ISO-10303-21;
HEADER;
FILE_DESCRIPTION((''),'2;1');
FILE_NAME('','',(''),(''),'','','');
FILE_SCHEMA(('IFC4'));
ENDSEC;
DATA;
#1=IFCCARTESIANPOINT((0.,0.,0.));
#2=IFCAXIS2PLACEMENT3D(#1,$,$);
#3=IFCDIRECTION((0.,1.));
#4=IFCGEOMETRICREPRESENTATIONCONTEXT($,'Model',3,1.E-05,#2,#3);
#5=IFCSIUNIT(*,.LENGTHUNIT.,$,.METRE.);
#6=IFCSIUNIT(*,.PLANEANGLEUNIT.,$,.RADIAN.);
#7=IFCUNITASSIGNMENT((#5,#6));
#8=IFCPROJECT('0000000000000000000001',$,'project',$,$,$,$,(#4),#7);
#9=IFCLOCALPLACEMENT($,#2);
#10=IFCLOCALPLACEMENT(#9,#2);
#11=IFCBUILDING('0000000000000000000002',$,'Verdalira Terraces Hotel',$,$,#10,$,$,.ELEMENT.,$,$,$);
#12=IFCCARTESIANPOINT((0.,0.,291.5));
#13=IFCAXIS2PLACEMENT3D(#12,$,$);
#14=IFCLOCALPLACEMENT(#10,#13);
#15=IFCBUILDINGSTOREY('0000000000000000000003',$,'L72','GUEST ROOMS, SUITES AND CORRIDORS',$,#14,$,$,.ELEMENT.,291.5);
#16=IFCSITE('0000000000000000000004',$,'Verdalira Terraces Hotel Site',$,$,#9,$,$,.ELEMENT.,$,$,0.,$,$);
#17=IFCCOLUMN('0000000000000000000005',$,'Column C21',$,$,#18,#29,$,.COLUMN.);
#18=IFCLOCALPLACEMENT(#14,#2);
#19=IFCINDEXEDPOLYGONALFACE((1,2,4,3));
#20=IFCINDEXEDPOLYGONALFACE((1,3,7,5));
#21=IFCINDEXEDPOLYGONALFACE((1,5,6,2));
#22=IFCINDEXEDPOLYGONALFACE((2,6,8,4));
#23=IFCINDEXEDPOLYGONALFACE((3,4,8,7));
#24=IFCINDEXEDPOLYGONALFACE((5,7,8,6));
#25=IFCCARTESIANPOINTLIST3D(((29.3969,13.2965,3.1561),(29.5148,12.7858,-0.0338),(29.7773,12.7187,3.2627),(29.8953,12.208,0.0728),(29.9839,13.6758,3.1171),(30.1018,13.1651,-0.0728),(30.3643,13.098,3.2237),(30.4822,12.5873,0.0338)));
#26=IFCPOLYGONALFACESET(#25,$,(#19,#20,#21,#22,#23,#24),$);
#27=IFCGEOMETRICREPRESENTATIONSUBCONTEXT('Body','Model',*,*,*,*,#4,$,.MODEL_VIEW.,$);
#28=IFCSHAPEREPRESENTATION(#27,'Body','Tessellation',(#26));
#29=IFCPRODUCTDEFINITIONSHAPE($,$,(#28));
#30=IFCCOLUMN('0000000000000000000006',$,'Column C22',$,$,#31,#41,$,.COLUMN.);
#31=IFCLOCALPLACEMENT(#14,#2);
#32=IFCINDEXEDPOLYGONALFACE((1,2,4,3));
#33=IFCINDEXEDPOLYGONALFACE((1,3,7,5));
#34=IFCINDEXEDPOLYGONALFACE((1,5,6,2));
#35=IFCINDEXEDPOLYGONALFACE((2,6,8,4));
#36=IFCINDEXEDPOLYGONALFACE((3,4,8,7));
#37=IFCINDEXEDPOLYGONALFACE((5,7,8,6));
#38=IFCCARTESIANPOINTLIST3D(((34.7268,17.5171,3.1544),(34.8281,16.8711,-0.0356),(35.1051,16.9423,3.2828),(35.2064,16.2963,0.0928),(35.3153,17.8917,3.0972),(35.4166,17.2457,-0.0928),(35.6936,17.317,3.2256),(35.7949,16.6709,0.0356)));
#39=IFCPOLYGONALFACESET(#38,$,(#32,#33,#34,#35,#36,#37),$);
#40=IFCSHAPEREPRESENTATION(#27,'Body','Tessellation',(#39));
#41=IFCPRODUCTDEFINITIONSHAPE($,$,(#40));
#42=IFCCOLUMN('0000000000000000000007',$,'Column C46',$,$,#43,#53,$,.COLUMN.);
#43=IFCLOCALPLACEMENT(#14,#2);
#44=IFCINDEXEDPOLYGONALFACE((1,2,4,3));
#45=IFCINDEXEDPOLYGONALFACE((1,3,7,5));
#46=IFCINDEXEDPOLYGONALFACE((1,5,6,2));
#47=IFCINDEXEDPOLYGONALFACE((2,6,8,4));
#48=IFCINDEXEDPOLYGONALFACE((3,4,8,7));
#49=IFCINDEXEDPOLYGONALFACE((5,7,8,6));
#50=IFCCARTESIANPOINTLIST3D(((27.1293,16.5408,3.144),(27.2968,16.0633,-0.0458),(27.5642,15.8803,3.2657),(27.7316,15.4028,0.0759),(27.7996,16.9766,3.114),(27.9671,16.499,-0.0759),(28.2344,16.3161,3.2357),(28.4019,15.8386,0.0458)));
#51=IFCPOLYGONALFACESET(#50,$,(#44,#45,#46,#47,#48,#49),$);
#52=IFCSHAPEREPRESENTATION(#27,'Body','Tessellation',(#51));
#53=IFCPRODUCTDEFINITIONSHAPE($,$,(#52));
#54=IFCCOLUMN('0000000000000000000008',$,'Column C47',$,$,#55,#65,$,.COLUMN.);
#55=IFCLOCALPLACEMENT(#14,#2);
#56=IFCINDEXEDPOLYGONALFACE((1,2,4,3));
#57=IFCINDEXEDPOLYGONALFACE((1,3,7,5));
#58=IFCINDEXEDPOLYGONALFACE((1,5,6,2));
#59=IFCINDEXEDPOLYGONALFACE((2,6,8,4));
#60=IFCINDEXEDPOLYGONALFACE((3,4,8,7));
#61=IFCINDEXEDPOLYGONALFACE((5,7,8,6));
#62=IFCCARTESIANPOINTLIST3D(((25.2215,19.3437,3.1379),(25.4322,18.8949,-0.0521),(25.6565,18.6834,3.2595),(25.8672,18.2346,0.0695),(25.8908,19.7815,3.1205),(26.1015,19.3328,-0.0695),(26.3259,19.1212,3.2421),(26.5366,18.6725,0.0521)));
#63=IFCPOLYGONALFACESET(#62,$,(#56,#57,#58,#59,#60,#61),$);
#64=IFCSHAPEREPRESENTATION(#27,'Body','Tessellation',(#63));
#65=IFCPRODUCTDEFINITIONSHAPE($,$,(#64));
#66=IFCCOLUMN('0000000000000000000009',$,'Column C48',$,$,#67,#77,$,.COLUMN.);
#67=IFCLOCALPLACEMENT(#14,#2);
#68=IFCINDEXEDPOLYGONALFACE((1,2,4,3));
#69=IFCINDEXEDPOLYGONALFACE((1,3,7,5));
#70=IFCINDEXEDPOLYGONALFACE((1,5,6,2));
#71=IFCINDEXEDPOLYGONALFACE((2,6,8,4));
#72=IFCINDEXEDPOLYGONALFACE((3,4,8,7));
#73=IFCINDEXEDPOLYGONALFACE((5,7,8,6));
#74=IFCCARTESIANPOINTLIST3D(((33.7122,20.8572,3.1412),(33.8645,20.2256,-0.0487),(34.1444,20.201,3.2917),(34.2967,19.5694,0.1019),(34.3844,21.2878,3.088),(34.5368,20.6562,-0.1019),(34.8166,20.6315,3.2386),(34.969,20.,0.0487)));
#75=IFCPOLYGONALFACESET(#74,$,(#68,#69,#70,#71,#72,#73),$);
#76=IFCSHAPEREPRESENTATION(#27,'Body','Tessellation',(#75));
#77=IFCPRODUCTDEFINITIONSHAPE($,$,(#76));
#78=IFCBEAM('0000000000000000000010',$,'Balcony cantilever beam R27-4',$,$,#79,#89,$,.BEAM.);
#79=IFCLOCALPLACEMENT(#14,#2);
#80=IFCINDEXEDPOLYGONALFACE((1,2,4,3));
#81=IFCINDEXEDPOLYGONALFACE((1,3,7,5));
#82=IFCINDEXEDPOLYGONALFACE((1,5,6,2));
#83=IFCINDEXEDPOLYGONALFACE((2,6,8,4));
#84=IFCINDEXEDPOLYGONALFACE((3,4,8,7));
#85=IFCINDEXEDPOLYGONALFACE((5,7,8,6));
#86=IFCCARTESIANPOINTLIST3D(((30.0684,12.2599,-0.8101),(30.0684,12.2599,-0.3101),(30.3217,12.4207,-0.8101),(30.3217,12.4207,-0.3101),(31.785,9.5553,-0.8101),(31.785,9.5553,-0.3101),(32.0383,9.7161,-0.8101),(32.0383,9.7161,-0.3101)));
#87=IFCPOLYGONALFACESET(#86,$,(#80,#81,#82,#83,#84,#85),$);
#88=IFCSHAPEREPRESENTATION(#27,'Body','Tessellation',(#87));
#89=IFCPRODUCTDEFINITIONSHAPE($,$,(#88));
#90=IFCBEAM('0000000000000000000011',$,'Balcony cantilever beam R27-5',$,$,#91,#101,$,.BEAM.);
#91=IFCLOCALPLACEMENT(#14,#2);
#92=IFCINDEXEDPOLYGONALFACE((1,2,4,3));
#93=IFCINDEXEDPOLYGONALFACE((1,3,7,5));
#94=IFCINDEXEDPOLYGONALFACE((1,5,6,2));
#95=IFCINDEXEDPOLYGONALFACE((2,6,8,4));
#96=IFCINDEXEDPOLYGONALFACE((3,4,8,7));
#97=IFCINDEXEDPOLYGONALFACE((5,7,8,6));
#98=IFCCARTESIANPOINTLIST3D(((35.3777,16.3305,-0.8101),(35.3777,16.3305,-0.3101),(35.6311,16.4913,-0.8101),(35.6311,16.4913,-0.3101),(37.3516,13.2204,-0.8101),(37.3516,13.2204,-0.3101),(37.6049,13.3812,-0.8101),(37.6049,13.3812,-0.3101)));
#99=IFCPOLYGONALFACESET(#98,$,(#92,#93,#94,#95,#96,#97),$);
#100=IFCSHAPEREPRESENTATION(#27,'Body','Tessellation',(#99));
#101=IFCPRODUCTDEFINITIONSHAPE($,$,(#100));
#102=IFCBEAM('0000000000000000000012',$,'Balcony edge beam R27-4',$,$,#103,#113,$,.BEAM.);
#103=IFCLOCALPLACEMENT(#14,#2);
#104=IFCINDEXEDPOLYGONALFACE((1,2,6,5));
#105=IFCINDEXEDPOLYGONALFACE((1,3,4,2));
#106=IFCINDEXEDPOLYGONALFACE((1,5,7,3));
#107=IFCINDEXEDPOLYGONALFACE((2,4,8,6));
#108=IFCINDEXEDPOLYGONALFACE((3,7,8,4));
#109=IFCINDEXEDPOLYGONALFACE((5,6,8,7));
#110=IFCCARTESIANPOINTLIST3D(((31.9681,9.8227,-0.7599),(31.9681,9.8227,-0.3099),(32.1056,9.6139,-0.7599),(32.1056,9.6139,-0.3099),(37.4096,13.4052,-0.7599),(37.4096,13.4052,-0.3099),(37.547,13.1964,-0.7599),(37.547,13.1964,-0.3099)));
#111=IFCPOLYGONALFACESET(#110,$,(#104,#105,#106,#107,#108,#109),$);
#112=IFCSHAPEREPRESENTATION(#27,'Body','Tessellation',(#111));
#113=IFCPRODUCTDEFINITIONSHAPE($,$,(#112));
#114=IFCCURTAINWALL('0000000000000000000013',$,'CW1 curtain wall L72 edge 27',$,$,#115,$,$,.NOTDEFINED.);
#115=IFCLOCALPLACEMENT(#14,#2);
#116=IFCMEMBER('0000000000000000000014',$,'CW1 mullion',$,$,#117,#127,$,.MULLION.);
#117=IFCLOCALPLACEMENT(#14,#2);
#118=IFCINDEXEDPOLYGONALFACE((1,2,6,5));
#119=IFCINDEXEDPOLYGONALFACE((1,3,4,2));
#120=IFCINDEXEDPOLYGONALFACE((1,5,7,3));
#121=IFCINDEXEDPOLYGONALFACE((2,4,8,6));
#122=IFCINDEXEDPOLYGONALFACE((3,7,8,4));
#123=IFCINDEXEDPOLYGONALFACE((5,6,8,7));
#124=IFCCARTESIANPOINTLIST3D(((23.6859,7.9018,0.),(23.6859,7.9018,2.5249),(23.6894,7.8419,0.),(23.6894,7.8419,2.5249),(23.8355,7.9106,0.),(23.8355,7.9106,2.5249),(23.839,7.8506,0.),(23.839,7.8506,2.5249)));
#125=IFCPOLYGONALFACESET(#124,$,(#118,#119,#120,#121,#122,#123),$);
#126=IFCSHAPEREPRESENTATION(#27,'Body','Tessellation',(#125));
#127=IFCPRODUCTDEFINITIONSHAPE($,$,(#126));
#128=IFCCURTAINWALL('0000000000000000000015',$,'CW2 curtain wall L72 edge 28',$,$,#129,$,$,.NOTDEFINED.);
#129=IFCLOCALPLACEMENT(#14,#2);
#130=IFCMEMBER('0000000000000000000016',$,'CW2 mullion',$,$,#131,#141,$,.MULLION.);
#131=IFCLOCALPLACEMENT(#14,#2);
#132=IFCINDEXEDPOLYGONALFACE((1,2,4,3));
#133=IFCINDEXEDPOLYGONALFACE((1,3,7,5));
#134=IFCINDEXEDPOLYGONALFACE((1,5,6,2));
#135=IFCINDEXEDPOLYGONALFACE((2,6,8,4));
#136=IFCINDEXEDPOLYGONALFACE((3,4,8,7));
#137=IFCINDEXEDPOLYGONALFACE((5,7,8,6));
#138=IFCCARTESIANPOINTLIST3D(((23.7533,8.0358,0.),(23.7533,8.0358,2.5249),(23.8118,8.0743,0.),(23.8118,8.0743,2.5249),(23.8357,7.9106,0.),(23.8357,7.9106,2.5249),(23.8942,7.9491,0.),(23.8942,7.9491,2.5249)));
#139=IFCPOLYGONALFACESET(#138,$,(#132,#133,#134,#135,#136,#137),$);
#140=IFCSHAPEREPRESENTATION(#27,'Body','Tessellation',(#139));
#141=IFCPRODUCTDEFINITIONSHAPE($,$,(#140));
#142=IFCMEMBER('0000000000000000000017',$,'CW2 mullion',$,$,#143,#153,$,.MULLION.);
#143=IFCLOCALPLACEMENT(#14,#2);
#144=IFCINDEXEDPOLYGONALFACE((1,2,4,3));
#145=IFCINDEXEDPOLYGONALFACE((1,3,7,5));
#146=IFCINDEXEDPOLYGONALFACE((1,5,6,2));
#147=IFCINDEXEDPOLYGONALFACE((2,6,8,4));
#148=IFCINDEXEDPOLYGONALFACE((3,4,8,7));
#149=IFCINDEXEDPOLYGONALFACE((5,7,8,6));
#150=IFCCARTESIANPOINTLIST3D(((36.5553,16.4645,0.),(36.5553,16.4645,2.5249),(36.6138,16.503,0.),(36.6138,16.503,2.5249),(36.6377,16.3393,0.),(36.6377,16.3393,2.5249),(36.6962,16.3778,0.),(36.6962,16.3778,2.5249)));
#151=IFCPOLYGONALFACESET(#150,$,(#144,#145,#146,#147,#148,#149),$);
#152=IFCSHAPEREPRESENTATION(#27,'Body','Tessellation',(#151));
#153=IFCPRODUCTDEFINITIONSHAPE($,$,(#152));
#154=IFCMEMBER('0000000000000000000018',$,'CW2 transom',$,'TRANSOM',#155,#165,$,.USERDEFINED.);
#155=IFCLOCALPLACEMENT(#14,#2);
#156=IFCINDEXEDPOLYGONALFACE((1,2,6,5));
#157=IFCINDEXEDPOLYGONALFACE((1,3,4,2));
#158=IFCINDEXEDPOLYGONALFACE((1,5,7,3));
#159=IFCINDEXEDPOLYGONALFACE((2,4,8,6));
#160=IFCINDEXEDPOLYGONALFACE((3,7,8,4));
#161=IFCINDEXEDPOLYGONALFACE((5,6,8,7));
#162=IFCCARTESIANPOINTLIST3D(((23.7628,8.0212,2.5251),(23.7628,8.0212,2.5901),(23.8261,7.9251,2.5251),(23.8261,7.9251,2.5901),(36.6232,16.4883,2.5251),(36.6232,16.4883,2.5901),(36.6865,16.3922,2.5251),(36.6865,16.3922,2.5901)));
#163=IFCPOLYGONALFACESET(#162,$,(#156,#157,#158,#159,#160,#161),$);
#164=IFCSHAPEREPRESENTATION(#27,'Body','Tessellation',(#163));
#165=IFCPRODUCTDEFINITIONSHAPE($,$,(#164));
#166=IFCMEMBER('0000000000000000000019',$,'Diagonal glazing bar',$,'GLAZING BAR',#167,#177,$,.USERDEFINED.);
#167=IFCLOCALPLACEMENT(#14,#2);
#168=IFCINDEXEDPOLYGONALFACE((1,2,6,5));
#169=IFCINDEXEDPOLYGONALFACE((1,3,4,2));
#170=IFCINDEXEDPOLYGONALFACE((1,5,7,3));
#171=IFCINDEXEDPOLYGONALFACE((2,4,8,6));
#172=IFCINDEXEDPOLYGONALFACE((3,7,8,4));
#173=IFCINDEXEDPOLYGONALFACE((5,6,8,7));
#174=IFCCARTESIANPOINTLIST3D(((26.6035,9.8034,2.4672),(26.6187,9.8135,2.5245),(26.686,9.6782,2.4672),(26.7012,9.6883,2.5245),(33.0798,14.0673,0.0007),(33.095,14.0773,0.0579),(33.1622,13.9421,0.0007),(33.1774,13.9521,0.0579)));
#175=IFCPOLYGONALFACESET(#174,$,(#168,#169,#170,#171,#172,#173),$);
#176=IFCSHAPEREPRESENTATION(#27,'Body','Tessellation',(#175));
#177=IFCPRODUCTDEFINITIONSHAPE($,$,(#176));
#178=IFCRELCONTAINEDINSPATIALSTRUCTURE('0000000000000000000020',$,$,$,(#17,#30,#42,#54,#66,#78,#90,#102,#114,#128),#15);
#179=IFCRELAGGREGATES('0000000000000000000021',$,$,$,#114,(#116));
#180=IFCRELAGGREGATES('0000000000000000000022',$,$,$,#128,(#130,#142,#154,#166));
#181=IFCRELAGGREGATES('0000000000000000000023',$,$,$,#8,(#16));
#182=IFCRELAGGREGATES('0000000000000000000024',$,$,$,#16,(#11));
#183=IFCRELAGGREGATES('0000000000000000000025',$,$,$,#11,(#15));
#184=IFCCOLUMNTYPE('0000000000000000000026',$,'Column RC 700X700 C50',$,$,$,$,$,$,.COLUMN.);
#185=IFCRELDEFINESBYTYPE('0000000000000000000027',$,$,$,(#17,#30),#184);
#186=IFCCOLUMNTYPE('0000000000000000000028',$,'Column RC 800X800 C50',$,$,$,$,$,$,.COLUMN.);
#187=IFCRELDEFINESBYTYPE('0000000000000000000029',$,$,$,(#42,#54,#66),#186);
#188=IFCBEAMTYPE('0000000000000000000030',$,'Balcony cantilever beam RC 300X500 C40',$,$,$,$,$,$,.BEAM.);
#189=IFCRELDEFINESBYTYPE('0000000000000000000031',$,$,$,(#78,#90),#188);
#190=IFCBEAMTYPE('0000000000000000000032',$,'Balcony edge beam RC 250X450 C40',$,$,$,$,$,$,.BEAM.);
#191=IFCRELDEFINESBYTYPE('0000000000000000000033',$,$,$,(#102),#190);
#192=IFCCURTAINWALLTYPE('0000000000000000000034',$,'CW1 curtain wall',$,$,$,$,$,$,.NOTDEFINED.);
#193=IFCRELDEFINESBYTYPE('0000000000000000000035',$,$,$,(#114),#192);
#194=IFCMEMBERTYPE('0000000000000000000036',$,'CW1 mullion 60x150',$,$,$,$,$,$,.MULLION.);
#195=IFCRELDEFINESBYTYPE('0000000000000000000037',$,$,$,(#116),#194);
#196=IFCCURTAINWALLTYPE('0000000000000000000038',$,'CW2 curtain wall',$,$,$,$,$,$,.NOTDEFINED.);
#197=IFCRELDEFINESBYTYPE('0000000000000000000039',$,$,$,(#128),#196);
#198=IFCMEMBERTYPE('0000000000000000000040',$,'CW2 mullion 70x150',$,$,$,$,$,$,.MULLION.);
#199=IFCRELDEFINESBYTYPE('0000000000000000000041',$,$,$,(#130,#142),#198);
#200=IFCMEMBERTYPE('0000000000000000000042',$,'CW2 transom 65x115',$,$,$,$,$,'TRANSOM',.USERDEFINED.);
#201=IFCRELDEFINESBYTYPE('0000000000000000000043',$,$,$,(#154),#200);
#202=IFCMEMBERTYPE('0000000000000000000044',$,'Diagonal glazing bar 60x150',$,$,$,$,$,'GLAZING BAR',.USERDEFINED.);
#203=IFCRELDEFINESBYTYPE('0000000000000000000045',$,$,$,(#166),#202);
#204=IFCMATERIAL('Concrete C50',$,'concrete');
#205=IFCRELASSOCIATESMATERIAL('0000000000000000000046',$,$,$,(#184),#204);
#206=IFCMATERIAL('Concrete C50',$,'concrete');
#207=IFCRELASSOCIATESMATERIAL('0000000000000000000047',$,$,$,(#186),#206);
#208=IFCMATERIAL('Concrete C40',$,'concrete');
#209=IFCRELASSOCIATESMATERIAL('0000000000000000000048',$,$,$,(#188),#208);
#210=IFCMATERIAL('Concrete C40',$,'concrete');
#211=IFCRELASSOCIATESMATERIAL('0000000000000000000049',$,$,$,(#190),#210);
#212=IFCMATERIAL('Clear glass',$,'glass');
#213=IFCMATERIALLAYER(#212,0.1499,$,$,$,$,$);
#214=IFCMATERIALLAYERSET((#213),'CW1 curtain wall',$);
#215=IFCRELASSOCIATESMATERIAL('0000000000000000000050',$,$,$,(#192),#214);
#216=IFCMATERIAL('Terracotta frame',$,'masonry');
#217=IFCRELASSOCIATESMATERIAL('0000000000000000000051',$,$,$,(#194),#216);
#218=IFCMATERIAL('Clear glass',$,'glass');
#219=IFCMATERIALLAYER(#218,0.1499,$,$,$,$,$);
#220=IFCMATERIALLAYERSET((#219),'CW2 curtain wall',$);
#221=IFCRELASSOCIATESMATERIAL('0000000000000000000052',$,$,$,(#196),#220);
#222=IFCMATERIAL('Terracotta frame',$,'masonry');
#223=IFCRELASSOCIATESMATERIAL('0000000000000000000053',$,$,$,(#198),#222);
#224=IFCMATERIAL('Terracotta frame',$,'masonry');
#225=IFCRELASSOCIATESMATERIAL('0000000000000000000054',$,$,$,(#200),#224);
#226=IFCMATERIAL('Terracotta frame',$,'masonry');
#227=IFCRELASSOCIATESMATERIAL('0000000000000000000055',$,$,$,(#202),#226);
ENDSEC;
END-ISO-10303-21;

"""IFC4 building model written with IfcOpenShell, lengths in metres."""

from ifc_helpers import new_model, si_unit, direction, frame, origin, origin_2d, place, context, subcontext, project, spatial, rectangle, extrude, material, layer, layer_set, material_profile, profile_set, type_object, element, aggregate, save


model = new_model("IFC4")

# Units and contexts
model_context = context("Model", 3, precision=1e-05, world=origin(), true_north=direction((0.0, 1.0)))
body_context = subcontext(model_context, "Body", "Model", "MODEL_VIEW")
ifc_project = project(units=[si_unit("LENGTHUNIT", "METRE"), si_unit("PLANEANGLEUNIT", "RADIAN")], contexts=[model_context])

# Site, building, storey
site_placement = place(None, origin())
site = spatial("IfcSite", under=ifc_project, at=site_placement, Name="Verdalira Terraces Hotel Site", CompositionType="ELEMENT", RefElevation=0.0)
building_placement = place(site_placement, origin())
building = spatial("IfcBuilding", under=site, at=building_placement, Name="Verdalira Terraces Hotel", CompositionType="ELEMENT")
storey_placement = place(building_placement, frame((0.0, 0.0, 291.5)))
storey = spatial("IfcBuildingStorey", under=building, at=storey_placement, Name="L72", Description="GUEST ROOMS, SUITES AND CORRIDORS", CompositionType="ELEMENT", Elevation=291.5)

# Columns
ifc_material_1 = material(Name="Concrete C50", Category="concrete")
ifc_material_profile_1 = material_profile(ifc_material_1, rectangle(XDim=0.7, YDim=0.7, at=origin_2d()), Name="RC 700X700")
ifc_profile_set_1 = profile_set([ifc_material_profile_1], Name="Concrete C50")
column_type_1 = type_object("IfcColumnType", Name="Column RC 700X700 C50", PredefinedType="COLUMN", material=ifc_profile_set_1)
column_1_placement = place(storey_placement, frame((29.9985, 12.6865, 0.0), z_axis=(-0.036477, 0.157991, 0.986767), x_axis=(0.838611, 0.54187, -0.055759)))
element("IfcColumn", 1, at=column_1_placement, inside=storey, type_object=column_type_1, Name="Column C21", PredefinedType="COLUMN", context=body_context, shape_type="SweptSolid", body=[
    extrude(rectangle(XDim=0.7, YDim=0.7, at=origin_2d()), origin(), (0.0, 0.0, 1.0), 3.2327),
])
column_2_placement = place(storey_placement, frame((35.3115, 16.771, 0.0), z_axis=(-0.031115, 0.198385, 0.97963), x_axis=(0.840764, 0.535204, -0.08168)))
element("IfcColumn", 2, at=column_2_placement, inside=storey, type_object=column_type_1, Name="Column C22", PredefinedType="COLUMN", context=body_context, shape_type="SweptSolid", body=[
    extrude(rectangle(XDim=0.7, YDim=0.7, at=origin_2d()), origin(), (0.0, 0.0, 1.0), 3.2563),
])
ifc_material_2 = material(Name="Concrete C50", Category="concrete")
ifc_material_profile_2 = material_profile(ifc_material_2, rectangle(XDim=0.8, YDim=0.8, at=origin_2d()), Name="RC 800X800")
ifc_profile_set_2 = profile_set([ifc_material_profile_2], Name="Concrete C50")
column_type_2 = type_object("IfcColumnType", Name="Column RC 800X800 C50", PredefinedType="COLUMN", material=ifc_profile_set_2)
column_3_placement = place(storey_placement, frame((27.8494, 15.9509, 0.0), z_axis=(-0.051854, 0.147853, 0.987649), x_axis=(0.837805, 0.544676, -0.037552)))
element("IfcColumn", 3, at=column_3_placement, inside=storey, type_object=column_type_2, Name="Column C46", PredefinedType="COLUMN", context=body_context, shape_type="SweptSolid", body=[
    extrude(rectangle(XDim=0.8, YDim=0.8, at=origin_2d()), origin(), (0.0, 0.0, 1.0), 3.2297),
])
column_4_placement = place(storey_placement, frame((25.9844, 18.7837, 0.0), z_axis=(-0.065266, 0.139002, 0.988139), x_axis=(0.836682, 0.547259, -0.021721)))
element("IfcColumn", 4, at=column_4_placement, inside=storey, type_object=column_type_2, Name="Column C47", PredefinedType="COLUMN", context=body_context, shape_type="SweptSolid", body=[
    extrude(rectangle(XDim=0.8, YDim=0.8, at=origin_2d()), origin(), (0.0, 0.0, 1.0), 3.2283),
])
column_5_placement = place(storey_placement, frame((34.4167, 20.1128, 0.0), z_axis=(-0.046797, 0.194012, 0.979882), x_axis=(0.840222, 0.538158, -0.066426)))
element("IfcColumn", 5, at=column_5_placement, inside=storey, type_object=column_type_2, Name="Column C48", PredefinedType="COLUMN", context=body_context, shape_type="SweptSolid", body=[
    extrude(rectangle(XDim=0.8, YDim=0.8, at=origin_2d()), origin(), (0.0, 0.0, 1.0), 3.2554),
])

# Beams
ifc_material_3 = material(Name="Concrete C40", Category="concrete")
ifc_material_profile_3 = material_profile(ifc_material_3, rectangle(XDim=0.3, YDim=0.5, at=origin_2d()), Name="RC 300X500")
ifc_profile_set_3 = profile_set([ifc_material_profile_3], Name="Concrete C40")
beam_type_1 = type_object("IfcBeamType", Name="Balcony cantilever beam RC 300X500 C40", PredefinedType="BEAM", material=ifc_profile_set_3)
beam_1_placement = place(storey_placement, frame((30.1951, 12.3403, -0.5601), z_axis=(0.535864, -0.844304, 0.0), x_axis=(0.844304, 0.535864, 0.0)))
element("IfcBeam", 6, at=beam_1_placement, inside=storey, type_object=beam_type_1, Name="Balcony cantilever beam R27-4", PredefinedType="BEAM", context=body_context, shape_type="SweptSolid", body=[
    extrude(rectangle(XDim=0.3, YDim=0.5, at=origin_2d()), origin(), (0.0, 0.0, 1.0), 3.2034),
])
beam_2_placement = place(storey_placement, frame((35.5044, 16.4109, -0.5601), z_axis=(0.535854, -0.84431, 0.0), x_axis=(0.84431, 0.535854, 0.0)))
element("IfcBeam", 7, at=beam_2_placement, inside=storey, type_object=beam_type_1, Name="Balcony cantilever beam R27-5", PredefinedType="BEAM", context=body_context, shape_type="SweptSolid", body=[
    extrude(rectangle(XDim=0.3, YDim=0.5, at=origin_2d()), origin(), (0.0, 0.0, 1.0), 3.6836),
])
ifc_material_4 = material(Name="Concrete C40", Category="concrete")
ifc_material_profile_4 = material_profile(ifc_material_4, rectangle(XDim=0.25, YDim=0.45, at=origin_2d()), Name="RC 250X450")
ifc_profile_set_4 = profile_set([ifc_material_profile_4], Name="Concrete C40")
beam_type_2 = type_object("IfcBeamType", Name="Balcony edge beam RC 250X450 C40", PredefinedType="BEAM", material=ifc_profile_set_4)
beam_3_placement = place(storey_placement, frame((32.0369, 9.7183, -0.5349), z_axis=(0.83523, 0.5499, 0.0), x_axis=(-0.5499, 0.83523, 0.0)))
element("IfcBeam", 8, at=beam_3_placement, inside=storey, type_object=beam_type_2, Name="Balcony edge beam R27-4", PredefinedType="BEAM", context=body_context, shape_type="SweptSolid", body=[
    extrude(rectangle(XDim=0.25, YDim=0.45, at=origin_2d()), origin(), (0.0, 0.0, 1.0), 6.5149),
])

# Curtain wall, member
ifc_material_5 = material(Name="Clear glass", Category="glass")
ifc_layer_1 = layer(ifc_material_5, 0.1499)
ifc_layer_set_1 = layer_set([ifc_layer_1], Name="CW1 curtain wall")
curtain_wall_type_1 = type_object("IfcCurtainWallType", Name="CW1 curtain wall", PredefinedType="NOTDEFINED", material=ifc_layer_set_1)
curtain_wall_1_placement = place(storey_placement, origin())
curtain_wall_1 = element("IfcCurtainWall", 9, at=curtain_wall_1_placement, inside=storey, type_object=curtain_wall_type_1, Name="CW1 curtain wall L72 edge 27", PredefinedType="NOTDEFINED")
ifc_material_6 = material(Name="Terracotta frame", Category="masonry")
ifc_material_profile_5 = material_profile(ifc_material_6, rectangle(XDim=0.0601, YDim=0.1499, at=origin_2d()), Name="MU 60x150")
ifc_profile_set_5 = profile_set([ifc_material_profile_5], Name="Terracotta frame")
member_type_1 = type_object("IfcMemberType", Name="CW1 mullion 60x150", PredefinedType="MULLION", material=ifc_profile_set_5)
member_1_placement = place(storey_placement, frame((23.7625, 7.8762, 0.0), z_axis=(0.0, 0.0, 1.0), x_axis=(-0.058609, 0.998281, 0.0)))
member_1 = element("IfcMember", 10, at=member_1_placement, type_object=member_type_1, Name="CW1 mullion", PredefinedType="MULLION", context=body_context, shape_type="SweptSolid", body=[
    extrude(rectangle(XDim=0.0601, YDim=0.1499, at=origin_2d()), origin(), (0.0, 0.0, 1.0), 2.5249),
])
aggregate(curtain_wall_1, [member_1])

# Curtain wall, members
ifc_material_7 = material(Name="Clear glass", Category="glass")
ifc_layer_2 = layer(ifc_material_7, 0.1499)
ifc_layer_set_2 = layer_set([ifc_layer_2], Name="CW2 curtain wall")
curtain_wall_type_2 = type_object("IfcCurtainWallType", Name="CW2 curtain wall", PredefinedType="NOTDEFINED", material=ifc_layer_set_2)
curtain_wall_2_placement = place(storey_placement, origin())
curtain_wall_2 = element("IfcCurtainWall", 11, at=curtain_wall_2_placement, inside=storey, type_object=curtain_wall_type_2, Name="CW2 curtain wall L72 edge 28", PredefinedType="NOTDEFINED")
ifc_material_8 = material(Name="Terracotta frame", Category="masonry")
ifc_material_profile_6 = material_profile(ifc_material_8, rectangle(XDim=0.0701, YDim=0.1499, at=origin_2d()), Name="MU 70x150")
ifc_profile_set_6 = profile_set([ifc_material_profile_6], Name="Terracotta frame")
member_type_2 = type_object("IfcMemberType", Name="CW2 mullion 70x150", PredefinedType="MULLION", material=ifc_profile_set_6)
member_2_placement = place(storey_placement, frame((23.8237, 7.9924, 0.0), z_axis=(0.0, 0.0, 1.0), x_axis=(0.835232, 0.549898, 0.0)))
member_2 = element("IfcMember", 12, at=member_2_placement, type_object=member_type_2, Name="CW2 mullion", PredefinedType="MULLION", context=body_context, shape_type="SweptSolid", body=[
    extrude(rectangle(XDim=0.0701, YDim=0.1499, at=origin_2d()), origin(), (0.0, 0.0, 1.0), 2.5249),
])
member_3_placement = place(storey_placement, frame((36.6257, 16.4211, 0.0), z_axis=(0.0, 0.0, 1.0), x_axis=(0.835232, 0.549898, 0.0)))
member_3 = element("IfcMember", 13, at=member_3_placement, type_object=member_type_2, Name="CW2 mullion", PredefinedType="MULLION", context=body_context, shape_type="SweptSolid", body=[
    extrude(rectangle(XDim=0.0701, YDim=0.1499, at=origin_2d()), origin(), (0.0, 0.0, 1.0), 2.5249),
])
ifc_material_9 = material(Name="Terracotta frame", Category="masonry")
ifc_material_profile_7 = material_profile(ifc_material_9, rectangle(XDim=0.115, YDim=0.0649, at=origin_2d()), Name="TR 65x115")
ifc_profile_set_7 = profile_set([ifc_material_profile_7], Name="Terracotta frame")
member_type_3 = type_object("IfcMemberType", Name="CW2 transom 65x115", ElementType="TRANSOM", PredefinedType="USERDEFINED", material=ifc_profile_set_7)
member_4_placement = place(storey_placement, frame((23.7944, 7.9731, 2.5576), z_axis=(0.83523, 0.549901, 0.0), x_axis=(-0.549901, 0.83523, 0.0)))
member_4 = element("IfcMember", 14, at=member_4_placement, type_object=member_type_3, Name="CW2 transom", ObjectType="TRANSOM", PredefinedType="USERDEFINED", context=body_context, shape_type="SweptSolid", body=[
    extrude(rectangle(XDim=0.115, YDim=0.0649, at=origin_2d()), origin(), (0.0, 0.0, 1.0), 15.3975),
])
ifc_material_10 = material(Name="Terracotta frame", Category="masonry")
ifc_material_profile_8 = material_profile(ifc_material_10, rectangle(XDim=0.1499, YDim=0.0601, at=origin_2d()), Name="GB 60x150")
ifc_profile_set_8 = profile_set([ifc_material_profile_8], Name="Terracotta frame")
member_type_4 = type_object("IfcMemberType", Name="Diagonal glazing bar 60x150", ElementType="GLAZING BAR", PredefinedType="USERDEFINED", material=ifc_profile_set_8)
member_5_placement = place(storey_placement, frame((26.6523, 9.7459, 2.4958), z_axis=(0.795929, 0.524028, -0.303135), x_axis=(-0.549903, 0.835229, 0.0)))
member_5 = element("IfcMember", 15, at=member_5_placement, type_object=member_type_4, Name="Diagonal glazing bar", ObjectType="GLAZING BAR", PredefinedType="USERDEFINED", context=body_context, shape_type="SweptSolid", body=[
    extrude(rectangle(XDim=0.1499, YDim=0.0601, at=origin_2d()), origin(), (0.0, 0.0, 1.0), 8.1367),
])

aggregate(curtain_wall_2, [member_2, member_3, member_4, member_5])

save(model, "model.ifc")
